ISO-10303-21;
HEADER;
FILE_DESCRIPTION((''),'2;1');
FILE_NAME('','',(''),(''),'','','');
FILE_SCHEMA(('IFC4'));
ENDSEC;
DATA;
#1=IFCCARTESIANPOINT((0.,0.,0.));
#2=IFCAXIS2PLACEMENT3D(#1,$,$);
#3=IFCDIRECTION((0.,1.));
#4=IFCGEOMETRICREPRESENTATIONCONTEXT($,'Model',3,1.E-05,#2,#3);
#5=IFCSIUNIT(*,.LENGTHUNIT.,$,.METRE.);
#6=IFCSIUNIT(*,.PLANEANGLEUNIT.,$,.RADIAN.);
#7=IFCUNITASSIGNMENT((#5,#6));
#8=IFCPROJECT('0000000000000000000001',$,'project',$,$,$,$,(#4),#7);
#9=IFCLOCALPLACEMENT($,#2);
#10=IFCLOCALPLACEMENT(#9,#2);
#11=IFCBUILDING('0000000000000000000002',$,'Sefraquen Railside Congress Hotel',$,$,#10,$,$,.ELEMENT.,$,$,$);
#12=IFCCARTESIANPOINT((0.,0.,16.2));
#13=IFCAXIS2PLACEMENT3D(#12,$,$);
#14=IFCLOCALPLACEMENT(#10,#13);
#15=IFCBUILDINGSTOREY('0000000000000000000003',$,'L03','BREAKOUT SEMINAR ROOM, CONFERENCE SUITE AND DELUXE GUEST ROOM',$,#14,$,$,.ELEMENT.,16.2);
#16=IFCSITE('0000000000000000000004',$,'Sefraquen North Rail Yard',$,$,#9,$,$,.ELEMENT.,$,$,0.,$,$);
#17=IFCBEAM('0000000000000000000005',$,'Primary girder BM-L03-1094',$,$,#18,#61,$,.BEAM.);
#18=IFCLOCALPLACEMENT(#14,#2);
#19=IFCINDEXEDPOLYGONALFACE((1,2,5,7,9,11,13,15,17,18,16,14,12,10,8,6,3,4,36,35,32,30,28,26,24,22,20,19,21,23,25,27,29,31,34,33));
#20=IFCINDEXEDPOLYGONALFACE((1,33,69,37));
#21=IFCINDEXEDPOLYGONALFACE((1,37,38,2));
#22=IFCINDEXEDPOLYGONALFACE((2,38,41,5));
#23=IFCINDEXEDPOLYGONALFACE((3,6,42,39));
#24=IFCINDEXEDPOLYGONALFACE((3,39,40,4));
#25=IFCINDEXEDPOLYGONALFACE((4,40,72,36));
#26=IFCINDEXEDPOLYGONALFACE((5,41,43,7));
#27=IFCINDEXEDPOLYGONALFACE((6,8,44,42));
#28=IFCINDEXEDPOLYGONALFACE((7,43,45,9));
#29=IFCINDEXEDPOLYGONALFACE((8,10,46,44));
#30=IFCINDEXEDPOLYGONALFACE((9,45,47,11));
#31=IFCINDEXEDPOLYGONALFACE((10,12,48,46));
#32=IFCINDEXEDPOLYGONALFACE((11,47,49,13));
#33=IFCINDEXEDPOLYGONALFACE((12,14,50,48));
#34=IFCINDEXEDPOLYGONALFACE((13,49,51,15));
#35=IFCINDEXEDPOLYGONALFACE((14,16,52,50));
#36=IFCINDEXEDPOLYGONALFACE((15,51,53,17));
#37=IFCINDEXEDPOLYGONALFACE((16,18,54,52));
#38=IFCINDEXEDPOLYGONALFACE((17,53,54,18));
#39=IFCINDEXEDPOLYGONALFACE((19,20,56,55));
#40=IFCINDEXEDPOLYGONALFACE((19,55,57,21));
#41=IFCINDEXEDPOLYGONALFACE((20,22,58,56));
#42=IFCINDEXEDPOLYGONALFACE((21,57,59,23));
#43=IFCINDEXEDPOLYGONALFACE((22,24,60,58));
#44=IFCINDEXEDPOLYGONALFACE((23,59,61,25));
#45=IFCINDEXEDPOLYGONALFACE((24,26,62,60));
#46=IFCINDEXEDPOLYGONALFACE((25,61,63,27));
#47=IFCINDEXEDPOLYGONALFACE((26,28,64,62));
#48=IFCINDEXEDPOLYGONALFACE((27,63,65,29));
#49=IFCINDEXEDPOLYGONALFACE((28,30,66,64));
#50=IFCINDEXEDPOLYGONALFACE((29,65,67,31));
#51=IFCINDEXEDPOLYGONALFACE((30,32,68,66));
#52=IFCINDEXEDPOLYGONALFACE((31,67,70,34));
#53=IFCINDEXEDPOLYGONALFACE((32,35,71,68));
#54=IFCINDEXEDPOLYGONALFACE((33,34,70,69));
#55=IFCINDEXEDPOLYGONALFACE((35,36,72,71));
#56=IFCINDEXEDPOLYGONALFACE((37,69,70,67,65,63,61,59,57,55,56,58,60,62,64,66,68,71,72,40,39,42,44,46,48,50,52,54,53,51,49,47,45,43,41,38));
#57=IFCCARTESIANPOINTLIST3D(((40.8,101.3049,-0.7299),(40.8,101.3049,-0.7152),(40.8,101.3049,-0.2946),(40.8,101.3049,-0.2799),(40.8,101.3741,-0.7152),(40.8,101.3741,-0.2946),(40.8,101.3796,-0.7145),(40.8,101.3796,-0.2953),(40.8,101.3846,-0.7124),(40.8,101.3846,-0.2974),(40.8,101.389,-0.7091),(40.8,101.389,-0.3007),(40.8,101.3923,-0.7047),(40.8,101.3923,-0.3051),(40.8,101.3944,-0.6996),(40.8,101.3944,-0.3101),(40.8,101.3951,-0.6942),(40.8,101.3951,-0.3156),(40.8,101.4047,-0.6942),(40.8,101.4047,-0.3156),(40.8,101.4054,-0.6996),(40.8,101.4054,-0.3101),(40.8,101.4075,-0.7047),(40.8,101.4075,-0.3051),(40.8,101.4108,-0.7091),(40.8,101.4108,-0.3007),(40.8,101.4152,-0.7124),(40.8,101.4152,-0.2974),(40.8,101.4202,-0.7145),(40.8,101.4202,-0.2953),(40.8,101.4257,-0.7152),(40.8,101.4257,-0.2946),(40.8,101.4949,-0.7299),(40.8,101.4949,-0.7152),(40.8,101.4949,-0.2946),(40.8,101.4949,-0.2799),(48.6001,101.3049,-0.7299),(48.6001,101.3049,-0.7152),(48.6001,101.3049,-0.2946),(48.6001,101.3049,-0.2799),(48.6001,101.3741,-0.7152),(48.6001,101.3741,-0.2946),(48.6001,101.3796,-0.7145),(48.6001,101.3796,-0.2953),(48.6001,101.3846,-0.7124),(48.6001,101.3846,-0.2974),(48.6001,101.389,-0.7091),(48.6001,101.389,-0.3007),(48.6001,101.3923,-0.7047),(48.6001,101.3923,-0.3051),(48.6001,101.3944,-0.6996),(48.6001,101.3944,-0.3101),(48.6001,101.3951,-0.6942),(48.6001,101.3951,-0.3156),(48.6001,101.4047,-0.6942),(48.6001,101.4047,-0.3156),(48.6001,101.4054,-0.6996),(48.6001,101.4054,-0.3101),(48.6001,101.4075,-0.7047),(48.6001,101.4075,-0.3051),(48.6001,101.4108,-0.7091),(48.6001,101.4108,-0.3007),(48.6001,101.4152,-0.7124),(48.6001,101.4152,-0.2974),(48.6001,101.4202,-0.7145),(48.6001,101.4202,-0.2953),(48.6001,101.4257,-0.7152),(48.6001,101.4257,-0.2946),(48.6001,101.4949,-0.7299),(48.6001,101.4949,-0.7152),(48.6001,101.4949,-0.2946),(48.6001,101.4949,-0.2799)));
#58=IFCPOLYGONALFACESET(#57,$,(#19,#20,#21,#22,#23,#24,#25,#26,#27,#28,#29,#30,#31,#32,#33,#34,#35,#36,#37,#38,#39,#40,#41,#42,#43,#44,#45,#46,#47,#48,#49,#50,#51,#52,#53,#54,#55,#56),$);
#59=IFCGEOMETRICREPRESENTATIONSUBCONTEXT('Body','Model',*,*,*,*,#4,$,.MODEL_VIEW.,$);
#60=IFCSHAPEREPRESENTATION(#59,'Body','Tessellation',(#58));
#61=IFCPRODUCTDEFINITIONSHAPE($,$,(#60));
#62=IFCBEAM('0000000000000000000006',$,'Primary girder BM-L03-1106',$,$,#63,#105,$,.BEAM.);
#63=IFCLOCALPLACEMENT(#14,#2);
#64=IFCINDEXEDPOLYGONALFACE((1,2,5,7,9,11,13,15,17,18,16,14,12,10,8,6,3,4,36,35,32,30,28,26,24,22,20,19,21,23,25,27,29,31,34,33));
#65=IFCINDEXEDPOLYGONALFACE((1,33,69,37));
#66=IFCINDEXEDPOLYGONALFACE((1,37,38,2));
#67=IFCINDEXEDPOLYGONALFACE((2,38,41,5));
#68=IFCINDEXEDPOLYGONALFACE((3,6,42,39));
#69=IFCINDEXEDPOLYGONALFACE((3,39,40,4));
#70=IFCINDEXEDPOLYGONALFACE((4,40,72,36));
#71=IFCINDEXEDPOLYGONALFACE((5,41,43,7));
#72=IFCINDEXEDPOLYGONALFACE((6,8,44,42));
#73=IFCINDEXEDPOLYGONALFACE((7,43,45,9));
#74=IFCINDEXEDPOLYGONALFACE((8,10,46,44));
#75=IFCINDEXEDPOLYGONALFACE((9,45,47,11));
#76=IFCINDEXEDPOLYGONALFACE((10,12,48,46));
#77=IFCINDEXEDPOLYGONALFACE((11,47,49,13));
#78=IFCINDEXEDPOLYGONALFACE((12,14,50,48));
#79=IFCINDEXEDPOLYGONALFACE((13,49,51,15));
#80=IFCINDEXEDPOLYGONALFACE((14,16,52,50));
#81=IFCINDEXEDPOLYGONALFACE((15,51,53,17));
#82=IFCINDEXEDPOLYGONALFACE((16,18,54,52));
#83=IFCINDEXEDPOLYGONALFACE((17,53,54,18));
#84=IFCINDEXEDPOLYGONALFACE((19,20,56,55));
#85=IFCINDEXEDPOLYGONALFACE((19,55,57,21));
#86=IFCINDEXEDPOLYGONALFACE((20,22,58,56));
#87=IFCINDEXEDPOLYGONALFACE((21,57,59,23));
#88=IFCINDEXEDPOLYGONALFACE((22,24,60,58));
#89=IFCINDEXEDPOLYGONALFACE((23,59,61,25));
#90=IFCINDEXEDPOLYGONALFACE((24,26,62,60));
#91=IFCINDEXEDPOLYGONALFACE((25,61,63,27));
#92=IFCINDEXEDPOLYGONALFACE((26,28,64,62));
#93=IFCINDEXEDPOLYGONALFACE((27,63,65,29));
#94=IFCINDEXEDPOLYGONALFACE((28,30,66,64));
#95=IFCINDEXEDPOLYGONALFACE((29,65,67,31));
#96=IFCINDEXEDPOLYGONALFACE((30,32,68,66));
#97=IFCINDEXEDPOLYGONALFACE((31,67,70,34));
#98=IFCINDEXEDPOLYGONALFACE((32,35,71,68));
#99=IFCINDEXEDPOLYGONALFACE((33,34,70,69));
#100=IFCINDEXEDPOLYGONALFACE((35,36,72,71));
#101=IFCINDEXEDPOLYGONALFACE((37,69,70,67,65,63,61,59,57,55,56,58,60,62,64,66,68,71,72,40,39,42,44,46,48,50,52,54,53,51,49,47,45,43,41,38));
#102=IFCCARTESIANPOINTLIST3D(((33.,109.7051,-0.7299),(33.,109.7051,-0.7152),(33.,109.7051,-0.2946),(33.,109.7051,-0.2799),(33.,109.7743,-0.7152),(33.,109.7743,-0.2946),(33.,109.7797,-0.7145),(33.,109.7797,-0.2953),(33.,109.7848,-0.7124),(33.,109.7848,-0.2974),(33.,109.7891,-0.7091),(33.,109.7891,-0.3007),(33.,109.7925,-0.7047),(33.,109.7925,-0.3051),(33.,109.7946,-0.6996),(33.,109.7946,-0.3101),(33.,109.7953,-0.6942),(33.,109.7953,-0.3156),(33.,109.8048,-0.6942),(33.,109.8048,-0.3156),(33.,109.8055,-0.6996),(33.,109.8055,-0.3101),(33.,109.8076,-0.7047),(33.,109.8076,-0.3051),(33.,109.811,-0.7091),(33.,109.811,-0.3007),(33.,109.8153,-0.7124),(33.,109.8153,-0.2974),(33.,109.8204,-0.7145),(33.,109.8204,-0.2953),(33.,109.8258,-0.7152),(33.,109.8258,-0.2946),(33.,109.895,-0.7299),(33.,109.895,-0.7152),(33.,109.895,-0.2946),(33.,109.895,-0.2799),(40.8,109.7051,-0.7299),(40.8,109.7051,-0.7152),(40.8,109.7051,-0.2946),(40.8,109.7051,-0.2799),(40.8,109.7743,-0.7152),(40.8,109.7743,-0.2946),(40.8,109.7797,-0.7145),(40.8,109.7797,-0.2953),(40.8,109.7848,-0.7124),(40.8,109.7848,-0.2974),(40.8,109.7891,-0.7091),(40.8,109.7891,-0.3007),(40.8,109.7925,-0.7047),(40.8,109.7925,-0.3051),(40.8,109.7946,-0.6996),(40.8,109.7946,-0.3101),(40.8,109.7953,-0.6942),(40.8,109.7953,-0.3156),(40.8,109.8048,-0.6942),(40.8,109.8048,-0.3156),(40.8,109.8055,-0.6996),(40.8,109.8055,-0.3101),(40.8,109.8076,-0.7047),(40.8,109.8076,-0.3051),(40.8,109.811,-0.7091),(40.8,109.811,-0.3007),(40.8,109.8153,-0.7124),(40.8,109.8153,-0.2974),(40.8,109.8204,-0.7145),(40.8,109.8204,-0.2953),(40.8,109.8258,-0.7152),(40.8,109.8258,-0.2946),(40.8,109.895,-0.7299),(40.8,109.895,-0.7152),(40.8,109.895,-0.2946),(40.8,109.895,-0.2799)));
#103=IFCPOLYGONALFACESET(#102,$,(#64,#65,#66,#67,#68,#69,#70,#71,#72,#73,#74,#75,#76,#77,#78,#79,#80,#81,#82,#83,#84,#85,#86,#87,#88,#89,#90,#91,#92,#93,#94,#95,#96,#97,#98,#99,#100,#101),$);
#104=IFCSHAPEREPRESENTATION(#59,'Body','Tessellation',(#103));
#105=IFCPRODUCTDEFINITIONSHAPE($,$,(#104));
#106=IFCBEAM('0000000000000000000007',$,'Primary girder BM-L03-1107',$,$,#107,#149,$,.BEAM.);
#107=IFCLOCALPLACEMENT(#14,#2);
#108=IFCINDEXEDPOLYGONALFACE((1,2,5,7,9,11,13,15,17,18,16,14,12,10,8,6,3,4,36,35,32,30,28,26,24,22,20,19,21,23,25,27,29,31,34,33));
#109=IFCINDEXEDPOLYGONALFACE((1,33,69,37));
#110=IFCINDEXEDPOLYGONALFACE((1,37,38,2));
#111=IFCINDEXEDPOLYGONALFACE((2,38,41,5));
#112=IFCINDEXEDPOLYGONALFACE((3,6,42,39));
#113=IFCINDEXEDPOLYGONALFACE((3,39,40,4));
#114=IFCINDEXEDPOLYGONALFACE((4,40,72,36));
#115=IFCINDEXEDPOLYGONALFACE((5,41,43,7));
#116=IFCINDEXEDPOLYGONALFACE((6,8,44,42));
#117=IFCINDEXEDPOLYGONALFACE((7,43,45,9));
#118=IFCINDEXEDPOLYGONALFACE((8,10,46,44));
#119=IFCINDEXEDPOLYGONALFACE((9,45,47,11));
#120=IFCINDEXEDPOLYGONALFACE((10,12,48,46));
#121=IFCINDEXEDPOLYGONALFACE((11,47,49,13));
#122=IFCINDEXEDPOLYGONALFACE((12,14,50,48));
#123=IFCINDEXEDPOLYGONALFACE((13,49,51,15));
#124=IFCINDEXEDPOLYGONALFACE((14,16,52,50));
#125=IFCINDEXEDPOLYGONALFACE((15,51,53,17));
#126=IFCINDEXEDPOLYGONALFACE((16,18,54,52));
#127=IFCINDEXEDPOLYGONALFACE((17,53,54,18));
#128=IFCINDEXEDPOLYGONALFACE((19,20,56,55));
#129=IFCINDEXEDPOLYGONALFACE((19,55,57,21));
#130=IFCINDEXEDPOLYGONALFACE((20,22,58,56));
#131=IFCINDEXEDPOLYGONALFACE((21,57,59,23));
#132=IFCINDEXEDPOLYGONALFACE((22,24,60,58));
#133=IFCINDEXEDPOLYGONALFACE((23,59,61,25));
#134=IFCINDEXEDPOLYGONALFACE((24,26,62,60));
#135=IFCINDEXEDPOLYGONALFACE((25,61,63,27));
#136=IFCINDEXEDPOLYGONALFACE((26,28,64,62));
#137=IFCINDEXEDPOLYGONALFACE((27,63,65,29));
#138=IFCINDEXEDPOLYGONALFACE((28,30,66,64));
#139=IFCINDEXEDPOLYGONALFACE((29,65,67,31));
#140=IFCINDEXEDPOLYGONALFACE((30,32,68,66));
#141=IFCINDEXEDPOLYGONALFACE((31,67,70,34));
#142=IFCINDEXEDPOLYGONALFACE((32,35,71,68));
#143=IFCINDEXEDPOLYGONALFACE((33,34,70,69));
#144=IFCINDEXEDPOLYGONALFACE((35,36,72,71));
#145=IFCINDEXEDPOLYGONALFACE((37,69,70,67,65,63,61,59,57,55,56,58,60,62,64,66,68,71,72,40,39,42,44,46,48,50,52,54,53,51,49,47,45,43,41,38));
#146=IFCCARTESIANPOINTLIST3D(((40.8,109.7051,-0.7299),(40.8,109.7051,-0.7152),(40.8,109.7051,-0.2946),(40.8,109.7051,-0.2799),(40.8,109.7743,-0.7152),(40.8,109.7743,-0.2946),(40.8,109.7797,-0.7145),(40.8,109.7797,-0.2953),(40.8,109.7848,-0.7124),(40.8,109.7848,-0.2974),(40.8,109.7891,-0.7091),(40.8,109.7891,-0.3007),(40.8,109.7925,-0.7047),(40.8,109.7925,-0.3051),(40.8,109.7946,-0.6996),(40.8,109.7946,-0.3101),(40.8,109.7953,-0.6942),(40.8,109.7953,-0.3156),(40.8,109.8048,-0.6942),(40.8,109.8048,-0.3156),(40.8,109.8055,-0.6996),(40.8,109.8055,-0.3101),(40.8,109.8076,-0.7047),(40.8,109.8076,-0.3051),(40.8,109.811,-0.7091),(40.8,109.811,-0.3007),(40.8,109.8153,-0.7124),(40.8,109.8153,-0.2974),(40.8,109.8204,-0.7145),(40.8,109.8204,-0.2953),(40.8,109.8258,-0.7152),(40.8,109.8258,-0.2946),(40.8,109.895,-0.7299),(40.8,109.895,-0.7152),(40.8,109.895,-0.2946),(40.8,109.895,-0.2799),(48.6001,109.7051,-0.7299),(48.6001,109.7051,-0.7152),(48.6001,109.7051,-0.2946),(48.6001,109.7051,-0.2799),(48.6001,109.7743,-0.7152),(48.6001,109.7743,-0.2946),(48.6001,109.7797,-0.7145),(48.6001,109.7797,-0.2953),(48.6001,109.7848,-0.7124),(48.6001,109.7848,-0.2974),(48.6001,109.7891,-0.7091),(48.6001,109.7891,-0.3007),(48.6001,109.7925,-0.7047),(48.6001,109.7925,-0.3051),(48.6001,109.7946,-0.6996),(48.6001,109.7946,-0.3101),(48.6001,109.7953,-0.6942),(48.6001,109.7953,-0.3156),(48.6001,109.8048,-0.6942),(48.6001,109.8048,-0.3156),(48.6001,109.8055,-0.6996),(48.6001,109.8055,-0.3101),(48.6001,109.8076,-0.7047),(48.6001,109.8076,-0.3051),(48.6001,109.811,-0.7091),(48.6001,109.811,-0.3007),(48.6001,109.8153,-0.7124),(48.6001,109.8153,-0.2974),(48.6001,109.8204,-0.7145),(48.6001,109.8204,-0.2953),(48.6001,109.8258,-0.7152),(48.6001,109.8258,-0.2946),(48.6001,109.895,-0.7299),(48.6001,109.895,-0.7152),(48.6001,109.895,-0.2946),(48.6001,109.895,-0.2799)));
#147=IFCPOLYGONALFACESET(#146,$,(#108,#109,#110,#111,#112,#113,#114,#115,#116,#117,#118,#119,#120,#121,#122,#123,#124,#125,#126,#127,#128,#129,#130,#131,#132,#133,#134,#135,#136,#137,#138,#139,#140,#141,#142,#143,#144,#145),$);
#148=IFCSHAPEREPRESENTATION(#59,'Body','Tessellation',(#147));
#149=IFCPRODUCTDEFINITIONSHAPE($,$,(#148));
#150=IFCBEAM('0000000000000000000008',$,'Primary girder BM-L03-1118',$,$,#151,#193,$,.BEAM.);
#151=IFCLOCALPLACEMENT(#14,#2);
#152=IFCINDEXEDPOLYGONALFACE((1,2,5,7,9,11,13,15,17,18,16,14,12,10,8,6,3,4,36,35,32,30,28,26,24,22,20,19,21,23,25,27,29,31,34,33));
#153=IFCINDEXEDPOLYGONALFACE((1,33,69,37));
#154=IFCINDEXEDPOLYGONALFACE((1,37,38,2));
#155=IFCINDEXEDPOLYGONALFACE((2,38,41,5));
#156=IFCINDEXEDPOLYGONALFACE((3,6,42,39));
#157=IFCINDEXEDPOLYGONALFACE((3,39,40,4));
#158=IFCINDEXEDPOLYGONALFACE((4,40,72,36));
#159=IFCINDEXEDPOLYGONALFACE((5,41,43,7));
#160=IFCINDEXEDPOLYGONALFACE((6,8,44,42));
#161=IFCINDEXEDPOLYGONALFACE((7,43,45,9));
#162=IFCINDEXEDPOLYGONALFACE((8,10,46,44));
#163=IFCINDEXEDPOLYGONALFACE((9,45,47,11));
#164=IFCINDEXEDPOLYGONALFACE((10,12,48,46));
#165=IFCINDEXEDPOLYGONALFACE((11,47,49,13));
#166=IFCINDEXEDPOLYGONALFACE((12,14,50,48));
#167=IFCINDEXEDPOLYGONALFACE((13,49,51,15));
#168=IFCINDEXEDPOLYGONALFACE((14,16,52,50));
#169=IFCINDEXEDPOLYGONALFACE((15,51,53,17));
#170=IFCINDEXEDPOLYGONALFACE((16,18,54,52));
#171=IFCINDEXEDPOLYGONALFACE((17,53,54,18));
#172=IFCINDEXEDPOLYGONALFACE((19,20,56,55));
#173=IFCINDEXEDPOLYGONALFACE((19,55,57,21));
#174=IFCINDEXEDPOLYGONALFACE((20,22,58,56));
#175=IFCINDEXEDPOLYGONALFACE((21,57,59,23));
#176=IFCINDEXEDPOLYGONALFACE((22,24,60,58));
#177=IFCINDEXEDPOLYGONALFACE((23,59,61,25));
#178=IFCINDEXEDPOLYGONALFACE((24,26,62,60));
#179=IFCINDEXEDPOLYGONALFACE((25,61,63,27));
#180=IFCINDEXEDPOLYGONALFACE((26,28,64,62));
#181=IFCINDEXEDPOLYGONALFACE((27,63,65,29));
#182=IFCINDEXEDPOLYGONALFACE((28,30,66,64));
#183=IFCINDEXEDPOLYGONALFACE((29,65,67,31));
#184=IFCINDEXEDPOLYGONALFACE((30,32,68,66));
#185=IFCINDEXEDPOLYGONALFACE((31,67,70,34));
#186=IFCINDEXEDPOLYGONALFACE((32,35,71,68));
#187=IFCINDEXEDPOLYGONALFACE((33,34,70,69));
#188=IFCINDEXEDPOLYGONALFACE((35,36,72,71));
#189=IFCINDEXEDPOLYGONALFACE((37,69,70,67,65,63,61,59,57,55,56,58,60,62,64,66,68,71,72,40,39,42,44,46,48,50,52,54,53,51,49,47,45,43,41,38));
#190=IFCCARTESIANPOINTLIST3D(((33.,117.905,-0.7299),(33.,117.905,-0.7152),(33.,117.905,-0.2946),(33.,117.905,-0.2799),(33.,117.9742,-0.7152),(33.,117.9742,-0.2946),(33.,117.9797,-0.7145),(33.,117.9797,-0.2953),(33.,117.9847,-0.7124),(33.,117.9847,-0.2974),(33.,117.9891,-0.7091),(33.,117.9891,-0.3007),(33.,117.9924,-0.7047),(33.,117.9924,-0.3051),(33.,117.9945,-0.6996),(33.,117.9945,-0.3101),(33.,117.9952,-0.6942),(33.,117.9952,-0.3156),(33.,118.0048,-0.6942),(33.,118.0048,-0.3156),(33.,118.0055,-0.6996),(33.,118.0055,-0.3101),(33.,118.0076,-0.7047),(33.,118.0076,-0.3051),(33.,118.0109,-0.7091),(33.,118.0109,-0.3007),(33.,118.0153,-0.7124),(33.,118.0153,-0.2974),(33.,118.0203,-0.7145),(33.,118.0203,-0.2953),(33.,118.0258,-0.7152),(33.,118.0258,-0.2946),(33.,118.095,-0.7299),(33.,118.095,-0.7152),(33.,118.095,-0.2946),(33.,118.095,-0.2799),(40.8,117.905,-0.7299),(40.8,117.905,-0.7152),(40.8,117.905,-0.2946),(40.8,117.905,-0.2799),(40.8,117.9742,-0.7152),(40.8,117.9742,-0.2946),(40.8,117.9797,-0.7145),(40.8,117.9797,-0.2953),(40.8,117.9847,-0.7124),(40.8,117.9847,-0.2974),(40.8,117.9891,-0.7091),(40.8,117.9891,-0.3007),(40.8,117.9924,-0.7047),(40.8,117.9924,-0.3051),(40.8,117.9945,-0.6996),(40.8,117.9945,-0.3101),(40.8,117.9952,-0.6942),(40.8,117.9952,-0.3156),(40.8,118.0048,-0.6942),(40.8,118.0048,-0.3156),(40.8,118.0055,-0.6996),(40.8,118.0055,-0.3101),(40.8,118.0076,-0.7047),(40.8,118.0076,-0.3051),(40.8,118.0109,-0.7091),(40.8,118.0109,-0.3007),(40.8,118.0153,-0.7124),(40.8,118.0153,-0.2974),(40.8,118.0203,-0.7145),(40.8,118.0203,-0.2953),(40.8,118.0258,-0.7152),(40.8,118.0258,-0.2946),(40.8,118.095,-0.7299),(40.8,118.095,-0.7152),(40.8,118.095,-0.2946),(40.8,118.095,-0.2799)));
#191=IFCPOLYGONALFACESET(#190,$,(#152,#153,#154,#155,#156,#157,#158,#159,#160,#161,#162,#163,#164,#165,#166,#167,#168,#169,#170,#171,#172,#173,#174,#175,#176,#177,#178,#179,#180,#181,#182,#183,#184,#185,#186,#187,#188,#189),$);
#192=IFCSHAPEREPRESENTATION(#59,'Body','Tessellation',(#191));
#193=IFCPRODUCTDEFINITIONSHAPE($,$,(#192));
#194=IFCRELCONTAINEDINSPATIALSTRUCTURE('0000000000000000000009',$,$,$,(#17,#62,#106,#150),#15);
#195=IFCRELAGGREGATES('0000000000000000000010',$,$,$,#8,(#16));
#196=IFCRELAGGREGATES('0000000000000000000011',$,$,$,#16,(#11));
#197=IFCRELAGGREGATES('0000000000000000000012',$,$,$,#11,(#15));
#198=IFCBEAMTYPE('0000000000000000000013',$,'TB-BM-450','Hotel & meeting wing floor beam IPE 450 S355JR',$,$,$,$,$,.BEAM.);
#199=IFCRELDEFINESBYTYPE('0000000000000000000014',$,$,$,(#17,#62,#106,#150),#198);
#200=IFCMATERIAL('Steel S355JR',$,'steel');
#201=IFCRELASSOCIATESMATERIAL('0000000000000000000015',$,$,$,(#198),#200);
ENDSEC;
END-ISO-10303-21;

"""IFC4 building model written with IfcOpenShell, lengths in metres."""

from ifc_helpers import new_model, si_unit, direction, frame, origin, origin_2d, place, context, subcontext, project, spatial, i_section, extrude, material, material_profile, profile_set, type_object, element, save


model = new_model("IFC4")

# Units and contexts
model_context = context("Model", 3, precision=1e-05, world=origin(), true_north=direction((0.0, 1.0)))
body_context = subcontext(model_context, "Body", "Model", "MODEL_VIEW")
ifc_project = project(units=[si_unit("LENGTHUNIT", "METRE"), si_unit("PLANEANGLEUNIT", "RADIAN")], contexts=[model_context])

# Site, building, storey
site_placement = place(None, origin())
site = spatial("IfcSite", under=ifc_project, at=site_placement, Name="Sefraquen North Rail Yard", CompositionType="ELEMENT", RefElevation=0.0)
building_placement = place(site_placement, origin())
building = spatial("IfcBuilding", under=site, at=building_placement, Name="Sefraquen Railside Congress Hotel", CompositionType="ELEMENT")
storey_placement = place(building_placement, frame((0.0, 0.0, 16.2)))
storey = spatial("IfcBuildingStorey", under=building, at=storey_placement, Name="L03", Description="BREAKOUT SEMINAR ROOM, CONFERENCE SUITE AND DELUXE GUEST ROOM", CompositionType="ELEMENT", Elevation=16.2)

# Shared definitions
ifc_material_1 = material(Name="Steel S355JR", Category="steel")

# Beams
ifc_material_profile_1 = material_profile(ifc_material_1, i_section(OverallWidth=0.1899, OverallDepth=0.45, WebThickness=0.0095, FlangeThickness=0.0146, FilletRadius=0.021, at=origin_2d()), Name="IPE 450")
ifc_profile_set_1 = profile_set([ifc_material_profile_1], Name="Steel S355JR")
beam_type_1 = type_object("IfcBeamType", Name="TB-BM-450", Description="Hotel & meeting wing floor beam IPE 450 S355JR", PredefinedType="BEAM", material=ifc_profile_set_1)
for number, where, z_axis, x_axis, name in (
    (1, (40.8, 101.3999, -0.5049), (1.0, 0.0, 0.0), (0.0, 1.0, 0.0), "Primary girder BM-L03-1094"),
    (2, (33.0, 109.8, -0.5049), (1.0, 0.0, 0.0), (0.0, 1.0, 0.0), "Primary girder BM-L03-1106"),
    (3, (40.8, 109.8, -0.5049), (1.0, 0.0, 0.0), (0.0, 1.0, 0.0), "Primary girder BM-L03-1107"),
    (4, (33.0, 118.0, -0.5049), (1.0, 0.0, 0.0), (0.0, 1.0, 0.0), "Primary girder BM-L03-1118"),
):
    element("IfcBeam", number, at=place(storey_placement, frame(where, z_axis=z_axis, x_axis=x_axis)), inside=storey, type_object=beam_type_1, Name=name, PredefinedType="BEAM", context=body_context, shape_type="SweptSolid", body=[
        extrude(i_section(OverallWidth=0.1899, OverallDepth=0.45, WebThickness=0.0095, FlangeThickness=0.0146, FilletRadius=0.021, at=origin_2d()), origin(), (0.0, 0.0, 1.0), 7.8),
    ])

save(model, "model.ifc")
